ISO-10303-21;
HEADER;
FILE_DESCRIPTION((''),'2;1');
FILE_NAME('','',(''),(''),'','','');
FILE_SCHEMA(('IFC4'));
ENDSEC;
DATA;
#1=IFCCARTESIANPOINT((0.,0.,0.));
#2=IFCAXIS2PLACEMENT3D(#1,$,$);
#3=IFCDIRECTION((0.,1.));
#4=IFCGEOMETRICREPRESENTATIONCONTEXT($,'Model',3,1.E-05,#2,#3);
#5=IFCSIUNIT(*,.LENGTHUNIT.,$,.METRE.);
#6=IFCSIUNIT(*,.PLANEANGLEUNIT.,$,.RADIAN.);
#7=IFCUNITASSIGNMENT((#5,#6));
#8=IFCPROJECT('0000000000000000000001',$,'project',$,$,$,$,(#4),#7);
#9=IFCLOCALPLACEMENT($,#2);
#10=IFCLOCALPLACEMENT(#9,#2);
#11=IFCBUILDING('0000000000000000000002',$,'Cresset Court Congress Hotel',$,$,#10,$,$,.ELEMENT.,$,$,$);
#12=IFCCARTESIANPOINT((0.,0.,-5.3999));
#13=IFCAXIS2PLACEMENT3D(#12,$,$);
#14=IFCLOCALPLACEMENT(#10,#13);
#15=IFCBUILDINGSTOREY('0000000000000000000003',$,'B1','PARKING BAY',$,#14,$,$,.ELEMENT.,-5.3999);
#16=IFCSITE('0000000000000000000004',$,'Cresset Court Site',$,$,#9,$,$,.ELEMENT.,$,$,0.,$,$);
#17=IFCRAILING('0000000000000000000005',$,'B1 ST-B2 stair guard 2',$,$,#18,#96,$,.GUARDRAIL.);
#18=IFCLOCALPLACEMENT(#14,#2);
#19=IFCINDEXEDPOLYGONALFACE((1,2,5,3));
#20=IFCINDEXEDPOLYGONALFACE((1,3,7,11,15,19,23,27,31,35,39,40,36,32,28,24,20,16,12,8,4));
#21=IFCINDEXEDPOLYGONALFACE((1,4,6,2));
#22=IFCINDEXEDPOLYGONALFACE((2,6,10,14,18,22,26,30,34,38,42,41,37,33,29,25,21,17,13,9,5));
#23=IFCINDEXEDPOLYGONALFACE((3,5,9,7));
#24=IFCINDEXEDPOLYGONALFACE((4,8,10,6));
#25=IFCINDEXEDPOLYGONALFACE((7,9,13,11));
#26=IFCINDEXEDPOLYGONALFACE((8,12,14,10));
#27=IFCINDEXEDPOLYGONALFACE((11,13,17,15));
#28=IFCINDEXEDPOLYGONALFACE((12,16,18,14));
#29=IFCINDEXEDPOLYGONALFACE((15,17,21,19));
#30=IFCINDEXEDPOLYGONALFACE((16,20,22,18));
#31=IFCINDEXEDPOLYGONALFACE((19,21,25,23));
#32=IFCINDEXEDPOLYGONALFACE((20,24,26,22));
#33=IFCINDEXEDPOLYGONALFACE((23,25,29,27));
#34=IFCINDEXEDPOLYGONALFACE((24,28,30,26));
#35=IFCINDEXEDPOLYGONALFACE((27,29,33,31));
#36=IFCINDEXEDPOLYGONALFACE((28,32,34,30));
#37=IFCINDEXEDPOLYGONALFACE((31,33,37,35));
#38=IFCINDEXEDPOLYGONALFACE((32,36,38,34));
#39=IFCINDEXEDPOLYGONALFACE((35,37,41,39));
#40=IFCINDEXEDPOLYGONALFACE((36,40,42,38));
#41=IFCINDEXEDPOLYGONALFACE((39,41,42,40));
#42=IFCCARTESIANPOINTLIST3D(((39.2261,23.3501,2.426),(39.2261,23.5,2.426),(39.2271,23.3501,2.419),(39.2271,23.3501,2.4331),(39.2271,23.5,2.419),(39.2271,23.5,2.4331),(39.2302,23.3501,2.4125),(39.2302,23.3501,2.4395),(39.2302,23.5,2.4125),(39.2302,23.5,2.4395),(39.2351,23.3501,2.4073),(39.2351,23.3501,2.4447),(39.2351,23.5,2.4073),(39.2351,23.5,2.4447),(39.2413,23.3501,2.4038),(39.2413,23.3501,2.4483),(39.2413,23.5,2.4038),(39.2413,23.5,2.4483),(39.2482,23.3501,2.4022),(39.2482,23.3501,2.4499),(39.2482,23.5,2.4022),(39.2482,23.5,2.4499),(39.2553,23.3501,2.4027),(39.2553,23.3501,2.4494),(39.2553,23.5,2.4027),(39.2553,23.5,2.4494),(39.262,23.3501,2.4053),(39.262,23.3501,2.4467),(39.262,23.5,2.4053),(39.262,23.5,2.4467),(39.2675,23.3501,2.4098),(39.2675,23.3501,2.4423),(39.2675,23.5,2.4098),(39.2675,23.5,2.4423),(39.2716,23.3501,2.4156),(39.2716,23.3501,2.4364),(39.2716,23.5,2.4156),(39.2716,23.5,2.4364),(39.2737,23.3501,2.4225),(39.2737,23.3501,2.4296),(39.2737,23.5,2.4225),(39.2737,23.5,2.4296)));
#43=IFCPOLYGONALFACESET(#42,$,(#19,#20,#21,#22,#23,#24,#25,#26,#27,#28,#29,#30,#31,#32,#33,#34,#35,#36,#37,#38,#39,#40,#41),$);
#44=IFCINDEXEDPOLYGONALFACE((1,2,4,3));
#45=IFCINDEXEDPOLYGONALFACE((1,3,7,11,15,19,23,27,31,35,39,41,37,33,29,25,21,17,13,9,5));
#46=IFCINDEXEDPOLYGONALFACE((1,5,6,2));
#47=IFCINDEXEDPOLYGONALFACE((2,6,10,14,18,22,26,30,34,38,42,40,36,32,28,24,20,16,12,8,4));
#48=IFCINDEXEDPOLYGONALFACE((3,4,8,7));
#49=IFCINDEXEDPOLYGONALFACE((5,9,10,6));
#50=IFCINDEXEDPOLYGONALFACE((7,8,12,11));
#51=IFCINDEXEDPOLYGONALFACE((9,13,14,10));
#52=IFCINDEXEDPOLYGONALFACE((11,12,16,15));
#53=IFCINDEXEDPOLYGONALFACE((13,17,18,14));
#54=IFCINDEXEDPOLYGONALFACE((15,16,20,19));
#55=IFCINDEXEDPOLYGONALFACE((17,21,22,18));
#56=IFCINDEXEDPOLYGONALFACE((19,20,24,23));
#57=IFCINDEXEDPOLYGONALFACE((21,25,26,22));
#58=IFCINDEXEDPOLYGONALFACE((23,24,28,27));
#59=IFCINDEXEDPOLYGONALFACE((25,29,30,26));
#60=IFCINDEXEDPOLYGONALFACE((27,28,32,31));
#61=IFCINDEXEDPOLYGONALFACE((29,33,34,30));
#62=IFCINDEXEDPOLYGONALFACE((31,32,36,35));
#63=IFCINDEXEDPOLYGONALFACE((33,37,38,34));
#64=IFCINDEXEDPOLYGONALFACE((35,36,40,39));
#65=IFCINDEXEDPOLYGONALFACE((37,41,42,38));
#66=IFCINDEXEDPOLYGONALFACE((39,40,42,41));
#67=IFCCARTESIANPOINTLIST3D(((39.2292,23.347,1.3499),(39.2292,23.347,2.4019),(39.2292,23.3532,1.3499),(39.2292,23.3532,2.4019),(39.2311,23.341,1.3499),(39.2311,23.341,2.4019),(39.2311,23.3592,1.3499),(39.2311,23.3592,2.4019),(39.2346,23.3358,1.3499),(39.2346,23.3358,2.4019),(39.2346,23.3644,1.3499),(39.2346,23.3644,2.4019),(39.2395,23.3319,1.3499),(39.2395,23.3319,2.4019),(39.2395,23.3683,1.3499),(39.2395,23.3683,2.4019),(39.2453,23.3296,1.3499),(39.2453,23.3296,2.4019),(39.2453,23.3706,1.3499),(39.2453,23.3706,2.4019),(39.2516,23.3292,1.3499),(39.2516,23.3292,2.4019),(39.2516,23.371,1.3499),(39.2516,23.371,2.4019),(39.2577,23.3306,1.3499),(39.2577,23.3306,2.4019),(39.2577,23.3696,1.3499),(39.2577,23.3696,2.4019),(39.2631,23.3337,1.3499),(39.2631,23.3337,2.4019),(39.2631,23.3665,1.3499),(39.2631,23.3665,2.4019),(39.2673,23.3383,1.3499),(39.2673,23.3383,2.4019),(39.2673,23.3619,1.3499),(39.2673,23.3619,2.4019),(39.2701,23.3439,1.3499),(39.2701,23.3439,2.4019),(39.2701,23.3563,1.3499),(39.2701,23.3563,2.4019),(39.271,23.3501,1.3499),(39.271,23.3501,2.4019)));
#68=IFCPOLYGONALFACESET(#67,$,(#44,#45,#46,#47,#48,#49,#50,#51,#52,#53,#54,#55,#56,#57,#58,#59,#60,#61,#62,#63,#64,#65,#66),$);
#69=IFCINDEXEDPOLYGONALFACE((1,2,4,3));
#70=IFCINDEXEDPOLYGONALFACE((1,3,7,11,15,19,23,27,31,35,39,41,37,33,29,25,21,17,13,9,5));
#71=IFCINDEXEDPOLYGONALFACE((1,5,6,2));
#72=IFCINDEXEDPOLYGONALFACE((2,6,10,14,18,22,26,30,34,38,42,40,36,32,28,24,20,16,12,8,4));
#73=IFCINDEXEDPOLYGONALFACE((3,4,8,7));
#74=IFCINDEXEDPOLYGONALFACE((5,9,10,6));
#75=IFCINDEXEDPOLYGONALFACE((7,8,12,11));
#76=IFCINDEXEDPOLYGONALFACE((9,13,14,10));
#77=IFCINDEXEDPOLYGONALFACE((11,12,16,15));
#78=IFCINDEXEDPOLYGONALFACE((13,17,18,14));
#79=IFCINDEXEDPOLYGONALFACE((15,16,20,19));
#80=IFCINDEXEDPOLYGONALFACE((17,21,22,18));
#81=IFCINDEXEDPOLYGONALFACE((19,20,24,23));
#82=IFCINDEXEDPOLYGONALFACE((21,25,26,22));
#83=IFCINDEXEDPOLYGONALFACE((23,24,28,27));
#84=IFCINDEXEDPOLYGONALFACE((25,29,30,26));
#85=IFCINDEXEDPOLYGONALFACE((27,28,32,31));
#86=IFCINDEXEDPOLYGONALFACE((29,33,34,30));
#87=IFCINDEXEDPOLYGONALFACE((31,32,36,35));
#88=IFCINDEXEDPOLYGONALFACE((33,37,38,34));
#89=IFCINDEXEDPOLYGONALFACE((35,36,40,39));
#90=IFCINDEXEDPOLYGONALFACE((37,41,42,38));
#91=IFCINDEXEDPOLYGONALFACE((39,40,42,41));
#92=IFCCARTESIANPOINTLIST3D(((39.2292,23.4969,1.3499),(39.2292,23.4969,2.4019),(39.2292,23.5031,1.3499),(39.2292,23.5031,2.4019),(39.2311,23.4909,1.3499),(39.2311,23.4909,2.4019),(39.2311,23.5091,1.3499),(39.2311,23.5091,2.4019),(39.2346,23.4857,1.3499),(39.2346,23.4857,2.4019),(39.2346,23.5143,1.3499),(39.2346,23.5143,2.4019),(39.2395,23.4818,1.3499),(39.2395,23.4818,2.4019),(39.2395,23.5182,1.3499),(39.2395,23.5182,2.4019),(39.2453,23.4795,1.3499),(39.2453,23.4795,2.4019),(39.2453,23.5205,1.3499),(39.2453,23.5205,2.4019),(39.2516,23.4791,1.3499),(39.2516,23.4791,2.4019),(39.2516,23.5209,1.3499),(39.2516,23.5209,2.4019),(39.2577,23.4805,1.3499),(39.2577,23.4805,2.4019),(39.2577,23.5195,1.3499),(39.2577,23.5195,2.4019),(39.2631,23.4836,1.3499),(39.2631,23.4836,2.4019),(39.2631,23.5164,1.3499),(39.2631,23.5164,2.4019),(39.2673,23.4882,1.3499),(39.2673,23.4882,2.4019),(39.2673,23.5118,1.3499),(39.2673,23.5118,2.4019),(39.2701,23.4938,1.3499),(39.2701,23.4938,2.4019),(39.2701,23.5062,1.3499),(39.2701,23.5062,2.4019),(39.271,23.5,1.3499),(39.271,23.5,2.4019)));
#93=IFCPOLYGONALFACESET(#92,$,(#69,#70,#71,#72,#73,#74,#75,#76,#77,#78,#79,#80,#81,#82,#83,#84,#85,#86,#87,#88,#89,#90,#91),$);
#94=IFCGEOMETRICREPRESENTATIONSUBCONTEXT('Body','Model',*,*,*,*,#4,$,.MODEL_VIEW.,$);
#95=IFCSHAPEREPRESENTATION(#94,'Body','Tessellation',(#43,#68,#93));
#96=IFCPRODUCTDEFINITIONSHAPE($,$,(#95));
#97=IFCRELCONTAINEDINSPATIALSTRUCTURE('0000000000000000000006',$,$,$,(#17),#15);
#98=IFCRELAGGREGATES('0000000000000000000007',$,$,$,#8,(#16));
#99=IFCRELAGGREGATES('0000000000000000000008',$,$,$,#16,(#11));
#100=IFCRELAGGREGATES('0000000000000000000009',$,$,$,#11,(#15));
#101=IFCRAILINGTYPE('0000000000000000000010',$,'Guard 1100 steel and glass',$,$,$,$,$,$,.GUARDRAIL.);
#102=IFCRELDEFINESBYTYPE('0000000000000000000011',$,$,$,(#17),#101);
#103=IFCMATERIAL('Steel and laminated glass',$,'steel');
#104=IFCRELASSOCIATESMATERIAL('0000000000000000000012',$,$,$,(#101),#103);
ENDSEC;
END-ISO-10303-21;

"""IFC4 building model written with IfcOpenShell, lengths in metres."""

from ifc_helpers import new_model, si_unit, direction, frame, origin, origin_2d, place, context, subcontext, project, spatial, circle, extrude, material, type_object, element, save


model = new_model("IFC4")

# Units and contexts
model_context = context("Model", 3, precision=1e-05, world=origin(), true_north=direction((0.0, 1.0)))
body_context = subcontext(model_context, "Body", "Model", "MODEL_VIEW")
ifc_project = project(units=[si_unit("LENGTHUNIT", "METRE"), si_unit("PLANEANGLEUNIT", "RADIAN")], contexts=[model_context])

# Site, building, storey
site_placement = place(None, origin())
site = spatial("IfcSite", under=ifc_project, at=site_placement, Name="Cresset Court Site", CompositionType="ELEMENT", RefElevation=0.0)
building_placement = place(site_placement, origin())
building = spatial("IfcBuilding", under=site, at=building_placement, Name="Cresset Court Congress Hotel", CompositionType="ELEMENT")
storey_placement = place(building_placement, frame((0.0, 0.0, -5.3999)))
storey = spatial("IfcBuildingStorey", under=building, at=storey_placement, Name="B1", Description="PARKING BAY", CompositionType="ELEMENT", Elevation=-5.3999)

# Railing
ifc_material_1 = material(Name="Steel and laminated glass", Category="steel")
railing_type_1 = type_object("IfcRailingType", Name="Guard 1100 steel and glass", PredefinedType="GUARDRAIL", material=ifc_material_1)
railing_1_placement = place(storey_placement, frame((39.25, 23.3501, 1.3499)))
element("IfcRailing", 1, at=railing_1_placement, inside=storey, type_object=railing_type_1, Name="B1 ST-B2 stair guard 2", PredefinedType="GUARDRAIL", context=body_context, shape_type="SweptSolid", body=[
    extrude(circle(Radius=0.0239, at=origin_2d()), frame((0.0, 0.0, 1.0762), z_axis=(0.0, 1.0, 0.0), x_axis=(-1.0, 0.0, 0.0)), (0.0, 0.0, 1.0), 0.1499),
    extrude(circle(Radius=0.021, at=origin_2d()), origin(), (0.0, 0.0, 1.0), 1.052),
    extrude(circle(Radius=0.021, at=origin_2d()), frame((0.0, 0.1499, 0.0)), (0.0, 0.0, 1.0), 1.052),
])

save(model, "model.ifc")
